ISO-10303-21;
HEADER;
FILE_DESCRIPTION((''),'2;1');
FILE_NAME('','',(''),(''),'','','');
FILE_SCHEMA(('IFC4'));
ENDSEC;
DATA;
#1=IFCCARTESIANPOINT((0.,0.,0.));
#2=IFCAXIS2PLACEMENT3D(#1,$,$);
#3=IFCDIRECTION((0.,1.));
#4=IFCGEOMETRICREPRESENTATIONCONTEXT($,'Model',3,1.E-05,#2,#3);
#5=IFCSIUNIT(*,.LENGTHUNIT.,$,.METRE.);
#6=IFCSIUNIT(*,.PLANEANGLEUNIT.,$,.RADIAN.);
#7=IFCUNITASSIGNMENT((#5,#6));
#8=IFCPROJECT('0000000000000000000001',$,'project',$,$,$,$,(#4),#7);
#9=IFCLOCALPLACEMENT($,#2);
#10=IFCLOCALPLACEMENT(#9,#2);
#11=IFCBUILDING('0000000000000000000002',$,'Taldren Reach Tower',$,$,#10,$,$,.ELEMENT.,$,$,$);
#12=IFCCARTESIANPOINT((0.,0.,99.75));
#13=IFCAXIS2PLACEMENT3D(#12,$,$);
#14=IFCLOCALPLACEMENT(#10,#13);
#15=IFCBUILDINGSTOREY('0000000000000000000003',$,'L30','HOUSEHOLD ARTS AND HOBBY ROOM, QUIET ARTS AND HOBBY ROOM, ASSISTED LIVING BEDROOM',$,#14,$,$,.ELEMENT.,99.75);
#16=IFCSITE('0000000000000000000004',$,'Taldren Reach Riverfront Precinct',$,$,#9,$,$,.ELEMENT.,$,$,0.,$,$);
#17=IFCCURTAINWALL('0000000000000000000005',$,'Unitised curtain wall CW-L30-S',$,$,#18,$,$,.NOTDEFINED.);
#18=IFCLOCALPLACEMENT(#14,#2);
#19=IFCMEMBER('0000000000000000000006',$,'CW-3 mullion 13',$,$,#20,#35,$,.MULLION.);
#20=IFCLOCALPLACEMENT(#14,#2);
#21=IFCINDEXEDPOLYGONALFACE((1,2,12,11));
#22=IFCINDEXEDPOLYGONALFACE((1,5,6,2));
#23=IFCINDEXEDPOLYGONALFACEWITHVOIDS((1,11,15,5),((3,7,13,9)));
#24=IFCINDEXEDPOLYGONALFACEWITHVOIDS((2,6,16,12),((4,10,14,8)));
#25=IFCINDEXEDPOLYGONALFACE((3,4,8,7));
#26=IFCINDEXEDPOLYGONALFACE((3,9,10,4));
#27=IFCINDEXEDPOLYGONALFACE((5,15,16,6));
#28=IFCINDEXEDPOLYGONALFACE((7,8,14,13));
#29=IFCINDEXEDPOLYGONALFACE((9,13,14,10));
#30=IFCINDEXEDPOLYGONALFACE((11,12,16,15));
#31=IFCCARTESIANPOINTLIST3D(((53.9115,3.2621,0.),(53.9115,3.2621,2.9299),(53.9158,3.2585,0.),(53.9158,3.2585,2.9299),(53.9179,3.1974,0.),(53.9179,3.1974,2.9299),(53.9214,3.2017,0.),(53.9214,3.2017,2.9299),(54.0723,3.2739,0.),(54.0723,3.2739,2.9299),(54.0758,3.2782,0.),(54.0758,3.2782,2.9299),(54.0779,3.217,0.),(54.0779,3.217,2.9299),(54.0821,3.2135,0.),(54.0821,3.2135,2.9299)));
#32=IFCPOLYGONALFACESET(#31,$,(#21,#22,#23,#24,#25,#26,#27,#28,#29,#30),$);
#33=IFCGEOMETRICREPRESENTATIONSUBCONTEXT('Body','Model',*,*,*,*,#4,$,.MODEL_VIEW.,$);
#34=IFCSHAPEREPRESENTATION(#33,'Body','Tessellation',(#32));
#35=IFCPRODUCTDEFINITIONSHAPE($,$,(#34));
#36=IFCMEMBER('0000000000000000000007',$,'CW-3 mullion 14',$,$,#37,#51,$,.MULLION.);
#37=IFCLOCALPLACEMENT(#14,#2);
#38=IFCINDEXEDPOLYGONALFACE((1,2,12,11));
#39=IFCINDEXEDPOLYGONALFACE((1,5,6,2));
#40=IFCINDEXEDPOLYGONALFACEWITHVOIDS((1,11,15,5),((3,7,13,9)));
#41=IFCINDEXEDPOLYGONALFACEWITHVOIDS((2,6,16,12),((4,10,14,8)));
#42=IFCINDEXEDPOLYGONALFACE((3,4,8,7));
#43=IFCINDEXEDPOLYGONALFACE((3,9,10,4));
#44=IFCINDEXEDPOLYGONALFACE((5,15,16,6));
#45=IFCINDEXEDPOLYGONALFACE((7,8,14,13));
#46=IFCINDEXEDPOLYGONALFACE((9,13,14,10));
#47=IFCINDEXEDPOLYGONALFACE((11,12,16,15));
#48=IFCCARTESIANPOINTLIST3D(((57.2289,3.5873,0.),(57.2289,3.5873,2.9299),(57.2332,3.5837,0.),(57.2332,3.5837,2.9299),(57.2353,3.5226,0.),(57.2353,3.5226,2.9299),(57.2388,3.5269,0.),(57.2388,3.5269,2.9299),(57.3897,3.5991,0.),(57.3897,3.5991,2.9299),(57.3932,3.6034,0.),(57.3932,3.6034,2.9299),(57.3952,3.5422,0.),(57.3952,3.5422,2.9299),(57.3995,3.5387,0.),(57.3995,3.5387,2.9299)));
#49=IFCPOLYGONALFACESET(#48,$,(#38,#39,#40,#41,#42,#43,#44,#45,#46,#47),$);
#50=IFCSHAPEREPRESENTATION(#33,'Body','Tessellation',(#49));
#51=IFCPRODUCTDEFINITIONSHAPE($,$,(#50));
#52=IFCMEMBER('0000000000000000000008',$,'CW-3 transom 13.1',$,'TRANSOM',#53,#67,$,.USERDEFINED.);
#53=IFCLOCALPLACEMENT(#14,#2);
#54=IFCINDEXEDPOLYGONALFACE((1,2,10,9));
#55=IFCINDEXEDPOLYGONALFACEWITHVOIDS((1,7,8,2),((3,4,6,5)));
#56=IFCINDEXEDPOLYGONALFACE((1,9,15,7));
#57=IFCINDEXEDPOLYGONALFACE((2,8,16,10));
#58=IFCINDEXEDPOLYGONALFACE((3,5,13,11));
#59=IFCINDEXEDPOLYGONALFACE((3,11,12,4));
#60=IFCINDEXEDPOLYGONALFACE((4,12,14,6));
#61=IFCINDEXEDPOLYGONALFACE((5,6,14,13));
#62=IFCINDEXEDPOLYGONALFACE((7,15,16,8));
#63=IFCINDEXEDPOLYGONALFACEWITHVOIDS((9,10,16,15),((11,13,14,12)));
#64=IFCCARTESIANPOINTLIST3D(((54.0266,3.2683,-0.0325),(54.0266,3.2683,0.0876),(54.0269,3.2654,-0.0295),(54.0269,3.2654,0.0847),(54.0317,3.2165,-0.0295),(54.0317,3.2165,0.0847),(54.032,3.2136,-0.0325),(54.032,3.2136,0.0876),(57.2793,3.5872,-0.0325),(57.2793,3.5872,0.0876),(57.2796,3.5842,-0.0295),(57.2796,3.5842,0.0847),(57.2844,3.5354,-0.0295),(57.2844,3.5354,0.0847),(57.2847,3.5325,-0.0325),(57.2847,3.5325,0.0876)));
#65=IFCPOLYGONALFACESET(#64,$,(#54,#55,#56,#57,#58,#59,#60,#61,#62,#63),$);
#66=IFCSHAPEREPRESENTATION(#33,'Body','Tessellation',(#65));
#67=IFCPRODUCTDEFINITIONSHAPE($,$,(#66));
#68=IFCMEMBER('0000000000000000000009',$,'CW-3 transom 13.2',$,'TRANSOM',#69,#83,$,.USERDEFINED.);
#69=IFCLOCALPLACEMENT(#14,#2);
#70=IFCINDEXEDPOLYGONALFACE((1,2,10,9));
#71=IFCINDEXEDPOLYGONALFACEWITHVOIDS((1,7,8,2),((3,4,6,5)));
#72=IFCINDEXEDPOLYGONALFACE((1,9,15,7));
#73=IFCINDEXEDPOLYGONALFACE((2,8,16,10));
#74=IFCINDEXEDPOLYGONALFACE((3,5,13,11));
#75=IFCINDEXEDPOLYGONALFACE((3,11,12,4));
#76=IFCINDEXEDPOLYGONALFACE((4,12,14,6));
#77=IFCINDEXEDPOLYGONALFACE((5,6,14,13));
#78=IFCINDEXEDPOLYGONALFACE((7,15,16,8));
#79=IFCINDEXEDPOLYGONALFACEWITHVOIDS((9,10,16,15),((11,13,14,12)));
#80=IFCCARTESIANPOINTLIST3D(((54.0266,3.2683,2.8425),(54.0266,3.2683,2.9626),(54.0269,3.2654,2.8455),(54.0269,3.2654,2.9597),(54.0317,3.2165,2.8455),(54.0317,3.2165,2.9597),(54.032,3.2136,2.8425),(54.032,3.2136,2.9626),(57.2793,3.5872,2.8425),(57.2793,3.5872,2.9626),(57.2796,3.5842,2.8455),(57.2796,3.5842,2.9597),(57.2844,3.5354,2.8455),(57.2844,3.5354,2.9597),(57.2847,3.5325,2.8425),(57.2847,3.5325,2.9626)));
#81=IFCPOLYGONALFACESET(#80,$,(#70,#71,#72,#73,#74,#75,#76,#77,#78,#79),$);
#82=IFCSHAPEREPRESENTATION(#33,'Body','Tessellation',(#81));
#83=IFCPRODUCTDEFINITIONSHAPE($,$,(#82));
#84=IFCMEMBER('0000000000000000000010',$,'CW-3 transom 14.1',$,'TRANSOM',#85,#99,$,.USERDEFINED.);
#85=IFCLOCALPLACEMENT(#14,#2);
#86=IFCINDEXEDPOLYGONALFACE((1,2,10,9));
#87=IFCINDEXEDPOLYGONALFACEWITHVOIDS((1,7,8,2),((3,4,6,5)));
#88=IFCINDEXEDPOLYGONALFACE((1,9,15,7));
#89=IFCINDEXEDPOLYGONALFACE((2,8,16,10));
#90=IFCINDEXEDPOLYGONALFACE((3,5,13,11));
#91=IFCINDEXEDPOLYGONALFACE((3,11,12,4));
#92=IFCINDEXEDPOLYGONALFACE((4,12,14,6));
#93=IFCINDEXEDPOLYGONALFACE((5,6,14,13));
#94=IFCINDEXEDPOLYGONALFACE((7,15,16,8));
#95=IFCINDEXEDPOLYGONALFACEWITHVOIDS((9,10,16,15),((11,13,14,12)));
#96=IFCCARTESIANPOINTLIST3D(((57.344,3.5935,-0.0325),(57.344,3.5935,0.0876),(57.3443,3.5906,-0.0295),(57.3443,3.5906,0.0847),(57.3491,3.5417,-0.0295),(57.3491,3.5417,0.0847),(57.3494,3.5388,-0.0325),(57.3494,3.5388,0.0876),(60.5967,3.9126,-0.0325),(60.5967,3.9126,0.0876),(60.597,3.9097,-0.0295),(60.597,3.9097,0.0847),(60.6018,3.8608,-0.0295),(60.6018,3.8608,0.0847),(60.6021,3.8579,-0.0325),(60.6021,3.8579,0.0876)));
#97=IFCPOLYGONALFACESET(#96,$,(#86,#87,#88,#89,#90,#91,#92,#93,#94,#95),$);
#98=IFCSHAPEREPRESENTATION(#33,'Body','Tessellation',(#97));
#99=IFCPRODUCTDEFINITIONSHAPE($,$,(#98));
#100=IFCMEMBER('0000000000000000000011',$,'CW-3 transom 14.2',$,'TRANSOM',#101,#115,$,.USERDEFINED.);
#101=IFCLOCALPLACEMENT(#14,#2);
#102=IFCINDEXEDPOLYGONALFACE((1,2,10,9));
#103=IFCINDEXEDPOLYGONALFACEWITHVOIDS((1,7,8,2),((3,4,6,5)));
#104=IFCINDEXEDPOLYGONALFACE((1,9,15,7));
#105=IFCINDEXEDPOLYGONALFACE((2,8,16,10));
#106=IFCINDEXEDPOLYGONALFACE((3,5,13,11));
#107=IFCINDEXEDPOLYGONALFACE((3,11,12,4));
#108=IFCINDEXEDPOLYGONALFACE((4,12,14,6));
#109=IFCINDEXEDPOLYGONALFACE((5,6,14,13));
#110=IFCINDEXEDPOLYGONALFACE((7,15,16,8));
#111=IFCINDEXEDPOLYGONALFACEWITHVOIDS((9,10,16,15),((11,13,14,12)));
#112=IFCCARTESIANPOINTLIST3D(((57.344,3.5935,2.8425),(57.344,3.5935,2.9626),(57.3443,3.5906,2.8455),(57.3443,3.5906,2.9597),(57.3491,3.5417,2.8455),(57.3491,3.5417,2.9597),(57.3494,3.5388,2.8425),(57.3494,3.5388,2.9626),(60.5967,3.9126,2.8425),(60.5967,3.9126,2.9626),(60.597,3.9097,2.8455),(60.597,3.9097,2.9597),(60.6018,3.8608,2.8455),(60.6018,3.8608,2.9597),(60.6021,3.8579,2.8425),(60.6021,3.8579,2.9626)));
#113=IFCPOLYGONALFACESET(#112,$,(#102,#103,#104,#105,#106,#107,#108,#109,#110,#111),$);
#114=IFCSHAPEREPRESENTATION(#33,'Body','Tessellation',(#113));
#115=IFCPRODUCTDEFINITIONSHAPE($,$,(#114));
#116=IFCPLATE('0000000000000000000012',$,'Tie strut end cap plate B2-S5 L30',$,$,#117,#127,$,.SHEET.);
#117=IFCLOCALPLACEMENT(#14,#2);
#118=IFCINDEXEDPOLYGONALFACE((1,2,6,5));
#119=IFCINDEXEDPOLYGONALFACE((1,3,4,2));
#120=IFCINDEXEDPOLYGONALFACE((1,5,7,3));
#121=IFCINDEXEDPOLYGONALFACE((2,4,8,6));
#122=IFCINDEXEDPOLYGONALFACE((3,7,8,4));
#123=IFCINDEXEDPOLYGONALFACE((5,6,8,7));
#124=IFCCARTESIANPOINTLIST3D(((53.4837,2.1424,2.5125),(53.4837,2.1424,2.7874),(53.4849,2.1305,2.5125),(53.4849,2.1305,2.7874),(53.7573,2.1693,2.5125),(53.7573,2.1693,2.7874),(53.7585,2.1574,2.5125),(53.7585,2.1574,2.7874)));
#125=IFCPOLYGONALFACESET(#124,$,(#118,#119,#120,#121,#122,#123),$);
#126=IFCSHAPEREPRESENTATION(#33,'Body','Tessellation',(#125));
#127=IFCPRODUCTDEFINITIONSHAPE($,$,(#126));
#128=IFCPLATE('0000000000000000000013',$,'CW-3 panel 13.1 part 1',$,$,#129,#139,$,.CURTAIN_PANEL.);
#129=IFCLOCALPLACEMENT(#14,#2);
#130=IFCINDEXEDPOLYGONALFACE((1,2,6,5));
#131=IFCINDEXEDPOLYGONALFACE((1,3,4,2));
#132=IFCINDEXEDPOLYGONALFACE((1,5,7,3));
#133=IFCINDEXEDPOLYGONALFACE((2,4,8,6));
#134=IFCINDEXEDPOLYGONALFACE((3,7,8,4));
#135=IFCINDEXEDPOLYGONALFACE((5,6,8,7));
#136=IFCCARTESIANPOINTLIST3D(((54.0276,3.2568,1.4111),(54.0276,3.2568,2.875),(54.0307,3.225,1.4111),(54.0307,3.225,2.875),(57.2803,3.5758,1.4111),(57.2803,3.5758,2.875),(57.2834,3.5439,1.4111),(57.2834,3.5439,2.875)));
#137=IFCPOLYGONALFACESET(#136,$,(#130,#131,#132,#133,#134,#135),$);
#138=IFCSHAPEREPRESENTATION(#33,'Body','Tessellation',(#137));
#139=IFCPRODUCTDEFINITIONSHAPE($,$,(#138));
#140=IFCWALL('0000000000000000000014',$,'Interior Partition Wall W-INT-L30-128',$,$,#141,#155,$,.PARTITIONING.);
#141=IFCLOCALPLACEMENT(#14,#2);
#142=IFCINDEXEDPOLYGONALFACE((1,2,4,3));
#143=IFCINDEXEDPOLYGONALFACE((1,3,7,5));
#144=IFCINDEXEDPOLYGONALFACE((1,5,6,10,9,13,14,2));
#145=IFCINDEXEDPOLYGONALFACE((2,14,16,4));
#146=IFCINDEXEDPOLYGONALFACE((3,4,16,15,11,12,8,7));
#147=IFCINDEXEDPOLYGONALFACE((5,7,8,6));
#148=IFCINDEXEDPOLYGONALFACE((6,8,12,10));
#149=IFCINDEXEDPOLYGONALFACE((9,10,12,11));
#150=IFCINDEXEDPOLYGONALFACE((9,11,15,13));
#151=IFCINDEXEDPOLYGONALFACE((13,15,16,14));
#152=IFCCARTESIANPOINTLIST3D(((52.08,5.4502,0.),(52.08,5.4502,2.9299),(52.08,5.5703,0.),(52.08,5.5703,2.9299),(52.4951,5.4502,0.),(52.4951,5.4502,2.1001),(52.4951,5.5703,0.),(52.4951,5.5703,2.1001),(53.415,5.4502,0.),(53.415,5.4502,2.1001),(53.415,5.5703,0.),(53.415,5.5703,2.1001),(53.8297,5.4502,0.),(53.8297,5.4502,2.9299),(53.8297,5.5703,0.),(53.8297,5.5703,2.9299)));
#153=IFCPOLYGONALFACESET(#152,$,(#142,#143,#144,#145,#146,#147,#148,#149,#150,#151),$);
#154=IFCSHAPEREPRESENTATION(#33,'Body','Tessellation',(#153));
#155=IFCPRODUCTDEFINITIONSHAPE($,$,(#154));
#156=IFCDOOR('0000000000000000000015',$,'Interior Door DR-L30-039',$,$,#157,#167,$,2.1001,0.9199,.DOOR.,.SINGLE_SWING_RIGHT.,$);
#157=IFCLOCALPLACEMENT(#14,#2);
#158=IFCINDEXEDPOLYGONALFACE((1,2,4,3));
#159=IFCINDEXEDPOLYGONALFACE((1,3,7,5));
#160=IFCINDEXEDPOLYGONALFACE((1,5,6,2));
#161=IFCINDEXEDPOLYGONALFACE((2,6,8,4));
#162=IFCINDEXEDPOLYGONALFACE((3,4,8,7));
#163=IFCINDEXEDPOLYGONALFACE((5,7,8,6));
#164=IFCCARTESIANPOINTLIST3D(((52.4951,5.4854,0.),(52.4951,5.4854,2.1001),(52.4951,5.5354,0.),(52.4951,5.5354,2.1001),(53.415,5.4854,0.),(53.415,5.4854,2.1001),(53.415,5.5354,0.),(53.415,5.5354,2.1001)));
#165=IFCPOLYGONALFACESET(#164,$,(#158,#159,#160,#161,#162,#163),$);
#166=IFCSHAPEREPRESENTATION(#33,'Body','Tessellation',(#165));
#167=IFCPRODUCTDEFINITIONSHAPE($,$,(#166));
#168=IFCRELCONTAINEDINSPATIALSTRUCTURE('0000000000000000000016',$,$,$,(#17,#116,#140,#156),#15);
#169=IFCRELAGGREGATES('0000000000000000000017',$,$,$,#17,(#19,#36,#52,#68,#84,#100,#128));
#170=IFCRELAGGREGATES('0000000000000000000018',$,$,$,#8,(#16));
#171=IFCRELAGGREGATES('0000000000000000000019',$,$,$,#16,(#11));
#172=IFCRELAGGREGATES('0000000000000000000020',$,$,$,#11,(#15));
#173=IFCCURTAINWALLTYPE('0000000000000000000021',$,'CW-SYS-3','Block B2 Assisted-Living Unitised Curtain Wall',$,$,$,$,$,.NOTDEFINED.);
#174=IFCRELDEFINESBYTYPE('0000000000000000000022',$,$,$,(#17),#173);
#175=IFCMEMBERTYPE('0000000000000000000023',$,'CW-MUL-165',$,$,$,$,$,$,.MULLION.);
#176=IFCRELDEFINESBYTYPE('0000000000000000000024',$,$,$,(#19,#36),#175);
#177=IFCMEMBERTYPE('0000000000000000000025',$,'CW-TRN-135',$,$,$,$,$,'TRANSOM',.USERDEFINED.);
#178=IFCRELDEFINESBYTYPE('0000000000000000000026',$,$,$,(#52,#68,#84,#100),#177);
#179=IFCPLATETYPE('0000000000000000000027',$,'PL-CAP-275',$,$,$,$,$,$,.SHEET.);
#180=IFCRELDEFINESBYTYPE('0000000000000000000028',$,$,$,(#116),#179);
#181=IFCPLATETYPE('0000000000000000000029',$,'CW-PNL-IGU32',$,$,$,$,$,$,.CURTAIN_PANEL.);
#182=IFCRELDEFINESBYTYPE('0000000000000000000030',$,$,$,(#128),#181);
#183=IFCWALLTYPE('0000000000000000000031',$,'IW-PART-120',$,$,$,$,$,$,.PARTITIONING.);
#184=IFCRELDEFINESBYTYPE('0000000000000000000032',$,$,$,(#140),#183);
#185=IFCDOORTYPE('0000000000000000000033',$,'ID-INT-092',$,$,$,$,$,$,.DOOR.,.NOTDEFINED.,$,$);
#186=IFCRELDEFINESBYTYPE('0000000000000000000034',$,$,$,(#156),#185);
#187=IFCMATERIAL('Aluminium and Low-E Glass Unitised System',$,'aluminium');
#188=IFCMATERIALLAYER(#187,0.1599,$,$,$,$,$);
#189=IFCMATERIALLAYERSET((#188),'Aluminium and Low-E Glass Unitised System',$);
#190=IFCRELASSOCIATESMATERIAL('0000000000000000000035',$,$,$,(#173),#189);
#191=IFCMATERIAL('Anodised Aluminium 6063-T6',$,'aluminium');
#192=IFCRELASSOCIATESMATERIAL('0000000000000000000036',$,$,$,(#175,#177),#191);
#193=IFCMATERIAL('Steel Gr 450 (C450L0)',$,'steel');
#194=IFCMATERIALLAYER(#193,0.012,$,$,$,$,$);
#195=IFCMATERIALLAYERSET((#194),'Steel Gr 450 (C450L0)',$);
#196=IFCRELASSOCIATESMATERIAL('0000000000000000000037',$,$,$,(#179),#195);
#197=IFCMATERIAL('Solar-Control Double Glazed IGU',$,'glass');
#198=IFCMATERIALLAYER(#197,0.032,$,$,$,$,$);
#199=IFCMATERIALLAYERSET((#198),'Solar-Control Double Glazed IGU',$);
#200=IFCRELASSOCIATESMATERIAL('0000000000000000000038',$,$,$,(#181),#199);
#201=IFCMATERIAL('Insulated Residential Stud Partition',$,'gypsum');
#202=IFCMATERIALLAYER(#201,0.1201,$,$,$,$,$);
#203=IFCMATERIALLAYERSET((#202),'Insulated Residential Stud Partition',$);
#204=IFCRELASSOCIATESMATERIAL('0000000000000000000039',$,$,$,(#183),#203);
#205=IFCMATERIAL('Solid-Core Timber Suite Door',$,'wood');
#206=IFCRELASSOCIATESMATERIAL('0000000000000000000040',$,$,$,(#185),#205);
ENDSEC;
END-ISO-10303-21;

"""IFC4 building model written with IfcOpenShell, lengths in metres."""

from ifc_helpers import new_model, si_unit, direction, frame, frame_2d, origin, origin_2d, place, context, subcontext, project, spatial, rectangle, hollow_rectangle, extrude, source, transform, mapped, material, layer, layer_set, material_profile, profile_set, type_object, element, fill, aggregate, save


model = new_model("IFC4")

# Units and contexts
model_context = context("Model", 3, precision=1e-05, world=origin(), true_north=direction((0.0, 1.0)))
body_context = subcontext(model_context, "Body", "Model", "MODEL_VIEW")
ifc_project = project(units=[si_unit("LENGTHUNIT", "METRE"), si_unit("PLANEANGLEUNIT", "RADIAN")], contexts=[model_context])

# Site, building, storey
site_placement = place(None, origin())
site = spatial("IfcSite", under=ifc_project, at=site_placement, Name="Taldren Reach Riverfront Precinct", CompositionType="ELEMENT", RefElevation=0.0)
building_placement = place(site_placement, origin())
building = spatial("IfcBuilding", under=site, at=building_placement, Name="Taldren Reach Tower", CompositionType="ELEMENT")
storey_placement = place(building_placement, frame((0.0, 0.0, 99.75)))
storey = spatial("IfcBuildingStorey", under=building, at=storey_placement, Name="L30", Description="HOUSEHOLD ARTS AND HOBBY ROOM, QUIET ARTS AND HOBBY ROOM, ASSISTED LIVING BEDROOM", CompositionType="ELEMENT", Elevation=99.75)

# Shared definitions
ifc_material_1 = material(Name="Steel Gr 450 (C450L0)", Category="steel")

# Curtain wall, members
ifc_material_2 = material(Name="Aluminium and Low-E Glass Unitised System", Category="aluminium")
ifc_layer_1 = layer(ifc_material_2, 0.1599)
ifc_layer_set_1 = layer_set([ifc_layer_1], Name="Aluminium and Low-E Glass Unitised System")
curtain_wall_type = type_object("IfcCurtainWallType", Name="CW-SYS-3", Description="Block B2 Assisted-Living Unitised Curtain Wall", PredefinedType="NOTDEFINED", material=ifc_layer_set_1)
curtain_wall_placement = place(storey_placement, origin())
curtain_wall = element("IfcCurtainWall", 1, at=curtain_wall_placement, inside=storey, type_object=curtain_wall_type, Name="Unitised curtain wall CW-L30-S", PredefinedType="NOTDEFINED")
ifc_material_3 = material(Name="Anodised Aluminium 6063-T6", Category="aluminium")
ifc_material_profile_1 = material_profile(ifc_material_3, hollow_rectangle(XDim=0.0649, YDim=0.165, WallThickness=0.0039, at=origin_2d()), Name="ALU-165x65x4RHS")
ifc_profile_set_1 = profile_set([ifc_material_profile_1], Name="Anodised Aluminium 6063-T6")
member_type_1 = type_object("IfcMemberType", Name="CW-MUL-165", PredefinedType="MULLION", material=ifc_profile_set_1)
shared_shape_1 = source(origin(), body_context, "Body", "SweptSolid", [
    extrude(hollow_rectangle(XDim=0.0649, YDim=0.165, WallThickness=0.0039, at=origin_2d()), origin(), (0.0, 0.0, 1.0), 2.9299),
])
member_1_placement = place(storey_placement, frame((53.9968, 3.2378, 0.0), z_axis=(0.0, 0.0, 1.0), x_axis=(-0.097583, 0.995227, 0.0)))
member_1 = element("IfcMember", 2, at=member_1_placement, type_object=member_type_1, Name="CW-3 mullion 13", PredefinedType="MULLION", context=body_context, shape_type="MappedRepresentation", body=[
    mapped(shared_shape_1, transform((0.0, 0.0, 0.0), scale=1.0)),
])
member_2_placement = place(storey_placement, frame((57.3142, 3.563, 0.0), z_axis=(0.0, 0.0, 1.0), x_axis=(-0.097583, 0.995227, 0.0)))
member_2 = element("IfcMember", 3, at=member_2_placement, type_object=member_type_1, Name="CW-3 mullion 14", PredefinedType="MULLION", context=body_context, shape_type="MappedRepresentation", body=[
    mapped(shared_shape_1, transform((0.0, 0.0, 0.0), scale=1.0)),
])
ifc_material_profile_2 = material_profile(ifc_material_3, hollow_rectangle(XDim=0.0549, YDim=0.1201, WallThickness=0.0029, at=origin_2d()), Name="ALU-120x55x3RHS")
ifc_profile_set_2 = profile_set([ifc_material_profile_2], Name="Anodised Aluminium 6063-T6")
member_type_2 = type_object("IfcMemberType", Name="CW-TRN-135", ElementType="TRANSOM", PredefinedType="USERDEFINED", material=ifc_profile_set_2)
shared_shape_2 = source(origin(), body_context, "Body", "SweptSolid", [
    extrude(hollow_rectangle(XDim=0.0549, YDim=0.1201, WallThickness=0.0029, at=origin_2d()), origin(), (0.0, 0.0, 1.0), 3.2683),
])
member_3_placement = place(storey_placement, frame((54.0293, 3.241, 0.0276), z_axis=(0.99523, 0.097558, 0.0), x_axis=(-0.097558, 0.99523, 0.0)))
member_3 = element("IfcMember", 4, at=member_3_placement, type_object=member_type_2, Name="CW-3 transom 13.1", ObjectType="TRANSOM", PredefinedType="USERDEFINED", context=body_context, shape_type="MappedRepresentation", body=[
    mapped(shared_shape_2, transform((0.0, 0.0, 0.0), scale=1.0)),
])
member_4_placement = place(storey_placement, frame((54.0293, 3.241, 2.9026), z_axis=(0.99523, 0.097558, 0.0), x_axis=(-0.097558, 0.99523, 0.0)))
member_4 = element("IfcMember", 5, at=member_4_placement, type_object=member_type_2, Name="CW-3 transom 13.2", ObjectType="TRANSOM", PredefinedType="USERDEFINED", context=body_context, shape_type="MappedRepresentation", body=[
    mapped(shared_shape_2, transform((0.0, 0.0, 0.0), scale=1.0)),
])
member_5_placement = place(storey_placement, frame((57.3467, 3.5662, 0.0276), z_axis=(0.995223, 0.097632, 0.0), x_axis=(-0.097632, 0.995223, 0.0)))
member_5 = element("IfcMember", 6, at=member_5_placement, type_object=member_type_2, Name="CW-3 transom 14.1", ObjectType="TRANSOM", PredefinedType="USERDEFINED", context=body_context, shape_type="MappedRepresentation", body=[
    mapped(shared_shape_2, transform((0.0, 0.0, 0.0), scale=1.0)),
])
member_6_placement = place(storey_placement, frame((57.3467, 3.5662, 2.9026), z_axis=(0.995223, 0.097632, 0.0), x_axis=(-0.097632, 0.995223, 0.0)))
member_6 = element("IfcMember", 7, at=member_6_placement, type_object=member_type_2, Name="CW-3 transom 14.2", ObjectType="TRANSOM", PredefinedType="USERDEFINED", context=body_context, shape_type="MappedRepresentation", body=[
    mapped(shared_shape_2, transform((0.0, 0.0, 0.0), scale=1.0)),
])

# Plates
ifc_layer_2 = layer(ifc_material_1, 0.012)
ifc_layer_set_2 = layer_set([ifc_layer_2], Name="Steel Gr 450 (C450L0)")
plate_type_1 = type_object("IfcPlateType", Name="PL-CAP-275", PredefinedType="SHEET", material=ifc_layer_set_2)
shared_shape_3 = source(origin(), body_context, "Body", "SweptSolid", [
    extrude(rectangle(XDim=0.2749, YDim=0.012, at=origin_2d()), origin(), (0.0, 0.0, 1.0), 0.2749),
])
plate_1_placement = place(storey_placement, frame((53.6211, 2.1499, 2.5125), z_axis=(0.0, 0.0, 1.0), x_axis=(0.995227, 0.097583, 0.0)))
element("IfcPlate", 8, at=plate_1_placement, inside=storey, type_object=plate_type_1, Name="Tie strut end cap plate B2-S5 L30", PredefinedType="SHEET", context=body_context, shape_type="MappedRepresentation", body=[
    mapped(shared_shape_3, transform((0.0, 0.0, 0.0), scale=1.0)),
])
ifc_material_4 = material(Name="Solar-Control Double Glazed IGU", Category="glass")
ifc_layer_3 = layer(ifc_material_4, 0.032)
ifc_layer_set_3 = layer_set([ifc_layer_3], Name="Solar-Control Double Glazed IGU")
plate_type_2 = type_object("IfcPlateType", Name="CW-PNL-IGU32", PredefinedType="CURTAIN_PANEL", material=ifc_layer_set_3)
shared_shape_4 = source(origin(), body_context, "Body", "SweptSolid", [
    extrude(rectangle(XDim=3.2683, YDim=0.032, at=origin_2d()), origin(), (0.0, 0.0, 1.0), 1.4639),
])
plate_2_placement = place(storey_placement, frame((55.6555, 3.4004, 1.4111), z_axis=(0.0, 0.0, 1.0), x_axis=(0.995227, 0.097583, 0.0)))
plate_2 = element("IfcPlate", 9, at=plate_2_placement, type_object=plate_type_2, Name="CW-3 panel 13.1 part 1", PredefinedType="CURTAIN_PANEL", context=body_context, shape_type="MappedRepresentation", body=[
    mapped(shared_shape_4, transform((0.0, 0.0, 0.0), scale=1.0)),
])
aggregate(curtain_wall, [member_1, member_2, member_3, member_4, member_5, member_6, plate_2])

# Wall, opening, door
ifc_material_5 = material(Name="Insulated Residential Stud Partition", Category="gypsum")
ifc_layer_4 = layer(ifc_material_5, 0.1201)
ifc_layer_set_4 = layer_set([ifc_layer_4], Name="Insulated Residential Stud Partition")
wall_type = type_object("IfcWallType", Name="IW-PART-120", PredefinedType="PARTITIONING", material=ifc_layer_set_4)
shared_shape_5 = source(origin(), body_context, "Body", "SweptSolid", [
    extrude(rectangle(XDim=1.7498, YDim=0.1201, at=frame_2d((0.875, 0.0))), origin(), (0.0, 0.0, 1.0), 2.9299),
])
wall_1_placement = place(storey_placement, frame((53.8298, 5.5103, 0.0), z_axis=(0.0, 0.0, 1.0), x_axis=(-1.0, 0.0, 0.0)))
wall_1 = element("IfcWall", 10, at=wall_1_placement, inside=storey, type_object=wall_type, Name="Interior Partition Wall W-INT-L30-128", PredefinedType="PARTITIONING", context=body_context, shape_type="MappedRepresentation", body=[
    mapped(shared_shape_5, transform((0.0, 0.0, 0.0), scale=1.0)),
])
shared_shape_6 = source(origin(), body_context, "Body", "SweptSolid", [
    extrude(rectangle(XDim=0.9199, YDim=2.1001, at=frame_2d((0.46, 1.05))), frame((0.0, 0.0701, 0.0), z_axis=(0.0, -1.0, 0.0), x_axis=(1.0, 0.0, 0.0)), (0.0, 0.0, 1.0), 0.1401),
])
opening_placement = place(wall_1_placement, frame((0.4148, 0.0, 0.0)))
opening = element("IfcOpeningElement", 11, at=opening_placement, cuts=wall_1, PredefinedType="OPENING", context=body_context, shape_type="MappedRepresentation", body=[
    mapped(shared_shape_6, transform((0.0, 0.0, 0.0), scale=1.0)),
])
ifc_material_6 = material(Name="Solid-Core Timber Suite Door", Category="wood")
door_type = type_object("IfcDoorType", Name="ID-INT-092", OperationType="NOTDEFINED", PredefinedType="DOOR", material=ifc_material_6)
shared_shape_7 = source(origin(), body_context, "Body", "SweptSolid", [
    extrude(rectangle(XDim=0.9199, YDim=2.1001, at=frame_2d((0.46, 1.05))), frame((0.0, 0.0249, 0.0), z_axis=(0.0, -1.0, 0.0), x_axis=(1.0, 0.0, 0.0)), (0.0, 0.0, 1.0), 0.05),
])
door_placement = place(opening_placement, origin())
door = element("IfcDoor", 12, at=door_placement, inside=storey, type_object=door_type, Name="Interior Door DR-L30-039", OperationType="SINGLE_SWING_RIGHT", OverallHeight=2.1001, OverallWidth=0.9199, PredefinedType="DOOR", context=body_context, shape_type="MappedRepresentation", body=[
    mapped(shared_shape_7, transform((0.0, 0.0, 0.0), scale=1.0)),
])
fill(opening, door)

save(model, "model.ifc")
